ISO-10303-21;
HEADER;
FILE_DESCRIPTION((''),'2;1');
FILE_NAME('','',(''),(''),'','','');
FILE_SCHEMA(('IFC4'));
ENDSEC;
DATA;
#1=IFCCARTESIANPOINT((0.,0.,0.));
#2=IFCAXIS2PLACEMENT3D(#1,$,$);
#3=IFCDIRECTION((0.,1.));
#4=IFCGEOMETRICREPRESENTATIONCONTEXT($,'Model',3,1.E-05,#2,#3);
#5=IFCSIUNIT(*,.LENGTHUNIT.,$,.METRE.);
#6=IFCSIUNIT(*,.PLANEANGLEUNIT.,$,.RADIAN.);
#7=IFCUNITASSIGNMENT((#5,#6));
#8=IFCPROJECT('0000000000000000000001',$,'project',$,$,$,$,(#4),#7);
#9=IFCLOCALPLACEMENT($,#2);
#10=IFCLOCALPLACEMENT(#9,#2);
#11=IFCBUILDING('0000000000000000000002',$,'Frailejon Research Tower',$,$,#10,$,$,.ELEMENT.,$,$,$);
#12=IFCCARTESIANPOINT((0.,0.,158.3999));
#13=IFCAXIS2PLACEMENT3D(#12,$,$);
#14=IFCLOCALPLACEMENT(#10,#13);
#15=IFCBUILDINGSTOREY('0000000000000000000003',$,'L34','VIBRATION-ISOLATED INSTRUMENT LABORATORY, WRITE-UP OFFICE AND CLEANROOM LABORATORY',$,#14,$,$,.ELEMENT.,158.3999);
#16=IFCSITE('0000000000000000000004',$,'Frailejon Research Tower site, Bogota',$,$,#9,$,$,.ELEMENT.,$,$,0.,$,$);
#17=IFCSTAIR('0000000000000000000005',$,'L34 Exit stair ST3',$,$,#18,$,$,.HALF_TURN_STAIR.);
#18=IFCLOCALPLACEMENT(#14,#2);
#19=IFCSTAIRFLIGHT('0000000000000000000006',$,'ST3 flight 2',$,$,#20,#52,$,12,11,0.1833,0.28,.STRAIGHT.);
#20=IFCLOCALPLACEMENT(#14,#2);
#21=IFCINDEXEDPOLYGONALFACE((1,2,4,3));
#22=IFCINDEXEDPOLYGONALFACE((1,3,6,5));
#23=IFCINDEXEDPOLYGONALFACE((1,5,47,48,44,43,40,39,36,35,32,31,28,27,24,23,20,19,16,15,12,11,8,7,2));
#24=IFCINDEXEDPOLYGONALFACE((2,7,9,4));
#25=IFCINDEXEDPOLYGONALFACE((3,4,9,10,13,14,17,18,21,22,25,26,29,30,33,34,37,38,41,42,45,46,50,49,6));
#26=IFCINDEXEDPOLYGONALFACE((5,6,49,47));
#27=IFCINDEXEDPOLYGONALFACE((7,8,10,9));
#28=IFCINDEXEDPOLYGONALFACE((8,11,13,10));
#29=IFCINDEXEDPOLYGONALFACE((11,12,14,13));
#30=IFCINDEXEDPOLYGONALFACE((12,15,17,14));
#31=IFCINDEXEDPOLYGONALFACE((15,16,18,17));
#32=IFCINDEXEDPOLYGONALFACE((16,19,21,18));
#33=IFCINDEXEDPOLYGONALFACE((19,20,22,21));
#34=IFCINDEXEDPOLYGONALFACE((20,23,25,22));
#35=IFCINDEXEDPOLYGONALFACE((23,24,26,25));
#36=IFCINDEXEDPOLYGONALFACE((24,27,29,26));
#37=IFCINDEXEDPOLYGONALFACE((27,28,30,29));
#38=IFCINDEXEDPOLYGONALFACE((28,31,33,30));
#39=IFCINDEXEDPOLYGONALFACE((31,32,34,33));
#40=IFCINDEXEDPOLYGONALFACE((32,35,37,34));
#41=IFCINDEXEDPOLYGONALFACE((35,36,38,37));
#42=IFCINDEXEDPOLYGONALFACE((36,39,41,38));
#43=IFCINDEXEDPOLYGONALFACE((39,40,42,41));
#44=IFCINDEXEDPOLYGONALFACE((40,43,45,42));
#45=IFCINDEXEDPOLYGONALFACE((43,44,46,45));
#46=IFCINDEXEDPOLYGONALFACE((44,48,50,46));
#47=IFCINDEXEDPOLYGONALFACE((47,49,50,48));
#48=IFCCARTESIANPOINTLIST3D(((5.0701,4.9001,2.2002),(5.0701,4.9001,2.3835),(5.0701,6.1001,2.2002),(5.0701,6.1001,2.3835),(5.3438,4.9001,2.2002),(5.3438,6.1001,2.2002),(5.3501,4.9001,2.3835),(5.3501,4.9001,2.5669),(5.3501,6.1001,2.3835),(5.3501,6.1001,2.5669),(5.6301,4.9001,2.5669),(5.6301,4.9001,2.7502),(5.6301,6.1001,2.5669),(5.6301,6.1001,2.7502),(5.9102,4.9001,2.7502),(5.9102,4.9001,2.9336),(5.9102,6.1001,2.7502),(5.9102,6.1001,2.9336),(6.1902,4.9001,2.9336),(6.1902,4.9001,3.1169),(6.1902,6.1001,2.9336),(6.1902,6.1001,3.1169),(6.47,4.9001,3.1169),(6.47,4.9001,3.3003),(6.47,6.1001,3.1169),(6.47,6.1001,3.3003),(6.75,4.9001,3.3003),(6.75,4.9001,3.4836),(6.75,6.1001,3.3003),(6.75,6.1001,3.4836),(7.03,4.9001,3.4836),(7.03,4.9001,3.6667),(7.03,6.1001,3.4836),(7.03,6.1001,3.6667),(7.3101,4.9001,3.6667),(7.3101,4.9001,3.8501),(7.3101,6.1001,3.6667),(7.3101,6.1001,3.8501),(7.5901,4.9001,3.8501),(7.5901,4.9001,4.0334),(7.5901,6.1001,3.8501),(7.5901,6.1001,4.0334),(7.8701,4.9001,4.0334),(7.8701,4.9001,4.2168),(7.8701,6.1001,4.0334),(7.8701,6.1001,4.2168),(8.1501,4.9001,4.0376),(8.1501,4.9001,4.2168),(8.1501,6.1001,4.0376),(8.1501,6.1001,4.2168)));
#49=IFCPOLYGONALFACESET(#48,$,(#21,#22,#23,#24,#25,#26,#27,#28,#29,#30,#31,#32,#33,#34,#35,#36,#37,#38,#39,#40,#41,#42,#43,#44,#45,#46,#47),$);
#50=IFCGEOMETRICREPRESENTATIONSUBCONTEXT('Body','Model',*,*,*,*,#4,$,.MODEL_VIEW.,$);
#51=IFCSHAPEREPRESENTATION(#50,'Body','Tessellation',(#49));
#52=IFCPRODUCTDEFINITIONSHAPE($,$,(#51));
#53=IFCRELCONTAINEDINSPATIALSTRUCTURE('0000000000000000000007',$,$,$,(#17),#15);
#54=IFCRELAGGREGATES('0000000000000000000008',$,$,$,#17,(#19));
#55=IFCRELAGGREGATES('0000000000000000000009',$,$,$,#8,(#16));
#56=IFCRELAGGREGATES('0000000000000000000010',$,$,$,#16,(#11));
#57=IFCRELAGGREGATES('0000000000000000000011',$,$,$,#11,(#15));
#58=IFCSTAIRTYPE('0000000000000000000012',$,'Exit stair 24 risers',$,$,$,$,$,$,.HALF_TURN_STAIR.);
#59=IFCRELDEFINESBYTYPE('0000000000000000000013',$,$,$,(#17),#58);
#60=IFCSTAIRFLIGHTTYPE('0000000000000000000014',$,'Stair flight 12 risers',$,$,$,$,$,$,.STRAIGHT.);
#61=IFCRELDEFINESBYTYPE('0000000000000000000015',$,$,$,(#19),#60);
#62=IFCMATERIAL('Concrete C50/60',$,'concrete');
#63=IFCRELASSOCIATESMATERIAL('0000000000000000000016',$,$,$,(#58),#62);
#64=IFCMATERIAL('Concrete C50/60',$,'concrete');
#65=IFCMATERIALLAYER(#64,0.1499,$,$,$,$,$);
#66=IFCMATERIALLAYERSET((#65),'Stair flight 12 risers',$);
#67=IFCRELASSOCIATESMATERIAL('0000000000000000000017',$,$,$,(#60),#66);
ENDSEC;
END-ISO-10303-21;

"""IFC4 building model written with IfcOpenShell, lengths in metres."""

from ifc_helpers import new_model, si_unit, direction, frame, origin, place, context, subcontext, project, spatial, polyline, outline, extrude, material, layer, layer_set, type_object, element, aggregate, save


model = new_model("IFC4")

# Units and contexts
model_context = context("Model", 3, precision=1e-05, world=origin(), true_north=direction((0.0, 1.0)))
body_context = subcontext(model_context, "Body", "Model", "MODEL_VIEW")
ifc_project = project(units=[si_unit("LENGTHUNIT", "METRE"), si_unit("PLANEANGLEUNIT", "RADIAN")], contexts=[model_context])

# Site, building, storey
site_placement = place(None, origin())
site = spatial("IfcSite", under=ifc_project, at=site_placement, Name="Frailejon Research Tower site, Bogota", CompositionType="ELEMENT", RefElevation=0.0)
building_placement = place(site_placement, origin())
building = spatial("IfcBuilding", under=site, at=building_placement, Name="Frailejon Research Tower", CompositionType="ELEMENT")
storey_placement = place(building_placement, frame((0.0, 0.0, 158.3999)))
storey = spatial("IfcBuildingStorey", under=building, at=storey_placement, Name="L34", Description="VIBRATION-ISOLATED INSTRUMENT LABORATORY, WRITE-UP OFFICE AND CLEANROOM LABORATORY", CompositionType="ELEMENT", Elevation=158.3999)

# Stair
ifc_material_1 = material(Name="Concrete C50/60", Category="concrete")
stair_type = type_object("IfcStairType", Name="Exit stair 24 risers", PredefinedType="HALF_TURN_STAIR", material=ifc_material_1)
stair_placement = place(storey_placement, origin())
stair = element("IfcStair", 1, at=stair_placement, inside=storey, type_object=stair_type, Name="L34 Exit stair ST3", PredefinedType="HALF_TURN_STAIR")

# Stair flight
ifc_material_2 = material(Name="Concrete C50/60", Category="concrete")
ifc_layer_1 = layer(ifc_material_2, 0.1499)
ifc_layer_set_1 = layer_set([ifc_layer_1], Name="Stair flight 12 risers")
stair_flight_type = type_object("IfcStairFlightType", Name="Stair flight 12 risers", PredefinedType="STRAIGHT", material=ifc_layer_set_1)
stair_flight_1_placement = place(storey_placement, frame((5.0701, 5.5, 2.2002), z_axis=(0.0, 0.0, 1.0), x_axis=(1.0, 0.0, 0.0)))
stair_flight_1 = element("IfcStairFlight", 2, at=stair_flight_1_placement, type_object=stair_flight_type, Name="ST3 flight 2", NumberOfRisers=12, NumberOfTreads=11, PredefinedType="STRAIGHT", RiserHeight=0.1833, TreadLength=0.28, context=body_context, shape_type="SweptSolid", body=[
    extrude(outline(polyline([(0.0, 0.0), (0.0, 0.1833), (0.28, 0.1833), (0.28, 0.3667), (0.5601, 0.3667), (0.5601, 0.55), (0.8401, 0.55), (0.8401, 0.7334), (1.1201, 0.7334), (1.1201, 0.9167), (1.3999, 0.9167), (1.3999, 1.1001), (1.6799, 1.1001), (1.6799, 1.2834), (1.96, 1.2834), (1.96, 1.4666), (2.24, 1.4666), (2.24, 1.6499), (2.52, 1.6499), (2.52, 1.8333), (2.8, 1.8333), (2.8, 2.0166), (3.0801, 2.0166), (3.0801, 2.2), (3.0801, 1.8374), (0.2737, 0.0), (0.0, 0.0)])), frame((0.0, 0.6001, 0.0), z_axis=(0.0, -1.0, 0.0), x_axis=(1.0, 0.0, 0.0)), (0.0, 0.0, 1.0), 1.2),
])
aggregate(stair, [stair_flight_1])

save(model, "model.ifc")
